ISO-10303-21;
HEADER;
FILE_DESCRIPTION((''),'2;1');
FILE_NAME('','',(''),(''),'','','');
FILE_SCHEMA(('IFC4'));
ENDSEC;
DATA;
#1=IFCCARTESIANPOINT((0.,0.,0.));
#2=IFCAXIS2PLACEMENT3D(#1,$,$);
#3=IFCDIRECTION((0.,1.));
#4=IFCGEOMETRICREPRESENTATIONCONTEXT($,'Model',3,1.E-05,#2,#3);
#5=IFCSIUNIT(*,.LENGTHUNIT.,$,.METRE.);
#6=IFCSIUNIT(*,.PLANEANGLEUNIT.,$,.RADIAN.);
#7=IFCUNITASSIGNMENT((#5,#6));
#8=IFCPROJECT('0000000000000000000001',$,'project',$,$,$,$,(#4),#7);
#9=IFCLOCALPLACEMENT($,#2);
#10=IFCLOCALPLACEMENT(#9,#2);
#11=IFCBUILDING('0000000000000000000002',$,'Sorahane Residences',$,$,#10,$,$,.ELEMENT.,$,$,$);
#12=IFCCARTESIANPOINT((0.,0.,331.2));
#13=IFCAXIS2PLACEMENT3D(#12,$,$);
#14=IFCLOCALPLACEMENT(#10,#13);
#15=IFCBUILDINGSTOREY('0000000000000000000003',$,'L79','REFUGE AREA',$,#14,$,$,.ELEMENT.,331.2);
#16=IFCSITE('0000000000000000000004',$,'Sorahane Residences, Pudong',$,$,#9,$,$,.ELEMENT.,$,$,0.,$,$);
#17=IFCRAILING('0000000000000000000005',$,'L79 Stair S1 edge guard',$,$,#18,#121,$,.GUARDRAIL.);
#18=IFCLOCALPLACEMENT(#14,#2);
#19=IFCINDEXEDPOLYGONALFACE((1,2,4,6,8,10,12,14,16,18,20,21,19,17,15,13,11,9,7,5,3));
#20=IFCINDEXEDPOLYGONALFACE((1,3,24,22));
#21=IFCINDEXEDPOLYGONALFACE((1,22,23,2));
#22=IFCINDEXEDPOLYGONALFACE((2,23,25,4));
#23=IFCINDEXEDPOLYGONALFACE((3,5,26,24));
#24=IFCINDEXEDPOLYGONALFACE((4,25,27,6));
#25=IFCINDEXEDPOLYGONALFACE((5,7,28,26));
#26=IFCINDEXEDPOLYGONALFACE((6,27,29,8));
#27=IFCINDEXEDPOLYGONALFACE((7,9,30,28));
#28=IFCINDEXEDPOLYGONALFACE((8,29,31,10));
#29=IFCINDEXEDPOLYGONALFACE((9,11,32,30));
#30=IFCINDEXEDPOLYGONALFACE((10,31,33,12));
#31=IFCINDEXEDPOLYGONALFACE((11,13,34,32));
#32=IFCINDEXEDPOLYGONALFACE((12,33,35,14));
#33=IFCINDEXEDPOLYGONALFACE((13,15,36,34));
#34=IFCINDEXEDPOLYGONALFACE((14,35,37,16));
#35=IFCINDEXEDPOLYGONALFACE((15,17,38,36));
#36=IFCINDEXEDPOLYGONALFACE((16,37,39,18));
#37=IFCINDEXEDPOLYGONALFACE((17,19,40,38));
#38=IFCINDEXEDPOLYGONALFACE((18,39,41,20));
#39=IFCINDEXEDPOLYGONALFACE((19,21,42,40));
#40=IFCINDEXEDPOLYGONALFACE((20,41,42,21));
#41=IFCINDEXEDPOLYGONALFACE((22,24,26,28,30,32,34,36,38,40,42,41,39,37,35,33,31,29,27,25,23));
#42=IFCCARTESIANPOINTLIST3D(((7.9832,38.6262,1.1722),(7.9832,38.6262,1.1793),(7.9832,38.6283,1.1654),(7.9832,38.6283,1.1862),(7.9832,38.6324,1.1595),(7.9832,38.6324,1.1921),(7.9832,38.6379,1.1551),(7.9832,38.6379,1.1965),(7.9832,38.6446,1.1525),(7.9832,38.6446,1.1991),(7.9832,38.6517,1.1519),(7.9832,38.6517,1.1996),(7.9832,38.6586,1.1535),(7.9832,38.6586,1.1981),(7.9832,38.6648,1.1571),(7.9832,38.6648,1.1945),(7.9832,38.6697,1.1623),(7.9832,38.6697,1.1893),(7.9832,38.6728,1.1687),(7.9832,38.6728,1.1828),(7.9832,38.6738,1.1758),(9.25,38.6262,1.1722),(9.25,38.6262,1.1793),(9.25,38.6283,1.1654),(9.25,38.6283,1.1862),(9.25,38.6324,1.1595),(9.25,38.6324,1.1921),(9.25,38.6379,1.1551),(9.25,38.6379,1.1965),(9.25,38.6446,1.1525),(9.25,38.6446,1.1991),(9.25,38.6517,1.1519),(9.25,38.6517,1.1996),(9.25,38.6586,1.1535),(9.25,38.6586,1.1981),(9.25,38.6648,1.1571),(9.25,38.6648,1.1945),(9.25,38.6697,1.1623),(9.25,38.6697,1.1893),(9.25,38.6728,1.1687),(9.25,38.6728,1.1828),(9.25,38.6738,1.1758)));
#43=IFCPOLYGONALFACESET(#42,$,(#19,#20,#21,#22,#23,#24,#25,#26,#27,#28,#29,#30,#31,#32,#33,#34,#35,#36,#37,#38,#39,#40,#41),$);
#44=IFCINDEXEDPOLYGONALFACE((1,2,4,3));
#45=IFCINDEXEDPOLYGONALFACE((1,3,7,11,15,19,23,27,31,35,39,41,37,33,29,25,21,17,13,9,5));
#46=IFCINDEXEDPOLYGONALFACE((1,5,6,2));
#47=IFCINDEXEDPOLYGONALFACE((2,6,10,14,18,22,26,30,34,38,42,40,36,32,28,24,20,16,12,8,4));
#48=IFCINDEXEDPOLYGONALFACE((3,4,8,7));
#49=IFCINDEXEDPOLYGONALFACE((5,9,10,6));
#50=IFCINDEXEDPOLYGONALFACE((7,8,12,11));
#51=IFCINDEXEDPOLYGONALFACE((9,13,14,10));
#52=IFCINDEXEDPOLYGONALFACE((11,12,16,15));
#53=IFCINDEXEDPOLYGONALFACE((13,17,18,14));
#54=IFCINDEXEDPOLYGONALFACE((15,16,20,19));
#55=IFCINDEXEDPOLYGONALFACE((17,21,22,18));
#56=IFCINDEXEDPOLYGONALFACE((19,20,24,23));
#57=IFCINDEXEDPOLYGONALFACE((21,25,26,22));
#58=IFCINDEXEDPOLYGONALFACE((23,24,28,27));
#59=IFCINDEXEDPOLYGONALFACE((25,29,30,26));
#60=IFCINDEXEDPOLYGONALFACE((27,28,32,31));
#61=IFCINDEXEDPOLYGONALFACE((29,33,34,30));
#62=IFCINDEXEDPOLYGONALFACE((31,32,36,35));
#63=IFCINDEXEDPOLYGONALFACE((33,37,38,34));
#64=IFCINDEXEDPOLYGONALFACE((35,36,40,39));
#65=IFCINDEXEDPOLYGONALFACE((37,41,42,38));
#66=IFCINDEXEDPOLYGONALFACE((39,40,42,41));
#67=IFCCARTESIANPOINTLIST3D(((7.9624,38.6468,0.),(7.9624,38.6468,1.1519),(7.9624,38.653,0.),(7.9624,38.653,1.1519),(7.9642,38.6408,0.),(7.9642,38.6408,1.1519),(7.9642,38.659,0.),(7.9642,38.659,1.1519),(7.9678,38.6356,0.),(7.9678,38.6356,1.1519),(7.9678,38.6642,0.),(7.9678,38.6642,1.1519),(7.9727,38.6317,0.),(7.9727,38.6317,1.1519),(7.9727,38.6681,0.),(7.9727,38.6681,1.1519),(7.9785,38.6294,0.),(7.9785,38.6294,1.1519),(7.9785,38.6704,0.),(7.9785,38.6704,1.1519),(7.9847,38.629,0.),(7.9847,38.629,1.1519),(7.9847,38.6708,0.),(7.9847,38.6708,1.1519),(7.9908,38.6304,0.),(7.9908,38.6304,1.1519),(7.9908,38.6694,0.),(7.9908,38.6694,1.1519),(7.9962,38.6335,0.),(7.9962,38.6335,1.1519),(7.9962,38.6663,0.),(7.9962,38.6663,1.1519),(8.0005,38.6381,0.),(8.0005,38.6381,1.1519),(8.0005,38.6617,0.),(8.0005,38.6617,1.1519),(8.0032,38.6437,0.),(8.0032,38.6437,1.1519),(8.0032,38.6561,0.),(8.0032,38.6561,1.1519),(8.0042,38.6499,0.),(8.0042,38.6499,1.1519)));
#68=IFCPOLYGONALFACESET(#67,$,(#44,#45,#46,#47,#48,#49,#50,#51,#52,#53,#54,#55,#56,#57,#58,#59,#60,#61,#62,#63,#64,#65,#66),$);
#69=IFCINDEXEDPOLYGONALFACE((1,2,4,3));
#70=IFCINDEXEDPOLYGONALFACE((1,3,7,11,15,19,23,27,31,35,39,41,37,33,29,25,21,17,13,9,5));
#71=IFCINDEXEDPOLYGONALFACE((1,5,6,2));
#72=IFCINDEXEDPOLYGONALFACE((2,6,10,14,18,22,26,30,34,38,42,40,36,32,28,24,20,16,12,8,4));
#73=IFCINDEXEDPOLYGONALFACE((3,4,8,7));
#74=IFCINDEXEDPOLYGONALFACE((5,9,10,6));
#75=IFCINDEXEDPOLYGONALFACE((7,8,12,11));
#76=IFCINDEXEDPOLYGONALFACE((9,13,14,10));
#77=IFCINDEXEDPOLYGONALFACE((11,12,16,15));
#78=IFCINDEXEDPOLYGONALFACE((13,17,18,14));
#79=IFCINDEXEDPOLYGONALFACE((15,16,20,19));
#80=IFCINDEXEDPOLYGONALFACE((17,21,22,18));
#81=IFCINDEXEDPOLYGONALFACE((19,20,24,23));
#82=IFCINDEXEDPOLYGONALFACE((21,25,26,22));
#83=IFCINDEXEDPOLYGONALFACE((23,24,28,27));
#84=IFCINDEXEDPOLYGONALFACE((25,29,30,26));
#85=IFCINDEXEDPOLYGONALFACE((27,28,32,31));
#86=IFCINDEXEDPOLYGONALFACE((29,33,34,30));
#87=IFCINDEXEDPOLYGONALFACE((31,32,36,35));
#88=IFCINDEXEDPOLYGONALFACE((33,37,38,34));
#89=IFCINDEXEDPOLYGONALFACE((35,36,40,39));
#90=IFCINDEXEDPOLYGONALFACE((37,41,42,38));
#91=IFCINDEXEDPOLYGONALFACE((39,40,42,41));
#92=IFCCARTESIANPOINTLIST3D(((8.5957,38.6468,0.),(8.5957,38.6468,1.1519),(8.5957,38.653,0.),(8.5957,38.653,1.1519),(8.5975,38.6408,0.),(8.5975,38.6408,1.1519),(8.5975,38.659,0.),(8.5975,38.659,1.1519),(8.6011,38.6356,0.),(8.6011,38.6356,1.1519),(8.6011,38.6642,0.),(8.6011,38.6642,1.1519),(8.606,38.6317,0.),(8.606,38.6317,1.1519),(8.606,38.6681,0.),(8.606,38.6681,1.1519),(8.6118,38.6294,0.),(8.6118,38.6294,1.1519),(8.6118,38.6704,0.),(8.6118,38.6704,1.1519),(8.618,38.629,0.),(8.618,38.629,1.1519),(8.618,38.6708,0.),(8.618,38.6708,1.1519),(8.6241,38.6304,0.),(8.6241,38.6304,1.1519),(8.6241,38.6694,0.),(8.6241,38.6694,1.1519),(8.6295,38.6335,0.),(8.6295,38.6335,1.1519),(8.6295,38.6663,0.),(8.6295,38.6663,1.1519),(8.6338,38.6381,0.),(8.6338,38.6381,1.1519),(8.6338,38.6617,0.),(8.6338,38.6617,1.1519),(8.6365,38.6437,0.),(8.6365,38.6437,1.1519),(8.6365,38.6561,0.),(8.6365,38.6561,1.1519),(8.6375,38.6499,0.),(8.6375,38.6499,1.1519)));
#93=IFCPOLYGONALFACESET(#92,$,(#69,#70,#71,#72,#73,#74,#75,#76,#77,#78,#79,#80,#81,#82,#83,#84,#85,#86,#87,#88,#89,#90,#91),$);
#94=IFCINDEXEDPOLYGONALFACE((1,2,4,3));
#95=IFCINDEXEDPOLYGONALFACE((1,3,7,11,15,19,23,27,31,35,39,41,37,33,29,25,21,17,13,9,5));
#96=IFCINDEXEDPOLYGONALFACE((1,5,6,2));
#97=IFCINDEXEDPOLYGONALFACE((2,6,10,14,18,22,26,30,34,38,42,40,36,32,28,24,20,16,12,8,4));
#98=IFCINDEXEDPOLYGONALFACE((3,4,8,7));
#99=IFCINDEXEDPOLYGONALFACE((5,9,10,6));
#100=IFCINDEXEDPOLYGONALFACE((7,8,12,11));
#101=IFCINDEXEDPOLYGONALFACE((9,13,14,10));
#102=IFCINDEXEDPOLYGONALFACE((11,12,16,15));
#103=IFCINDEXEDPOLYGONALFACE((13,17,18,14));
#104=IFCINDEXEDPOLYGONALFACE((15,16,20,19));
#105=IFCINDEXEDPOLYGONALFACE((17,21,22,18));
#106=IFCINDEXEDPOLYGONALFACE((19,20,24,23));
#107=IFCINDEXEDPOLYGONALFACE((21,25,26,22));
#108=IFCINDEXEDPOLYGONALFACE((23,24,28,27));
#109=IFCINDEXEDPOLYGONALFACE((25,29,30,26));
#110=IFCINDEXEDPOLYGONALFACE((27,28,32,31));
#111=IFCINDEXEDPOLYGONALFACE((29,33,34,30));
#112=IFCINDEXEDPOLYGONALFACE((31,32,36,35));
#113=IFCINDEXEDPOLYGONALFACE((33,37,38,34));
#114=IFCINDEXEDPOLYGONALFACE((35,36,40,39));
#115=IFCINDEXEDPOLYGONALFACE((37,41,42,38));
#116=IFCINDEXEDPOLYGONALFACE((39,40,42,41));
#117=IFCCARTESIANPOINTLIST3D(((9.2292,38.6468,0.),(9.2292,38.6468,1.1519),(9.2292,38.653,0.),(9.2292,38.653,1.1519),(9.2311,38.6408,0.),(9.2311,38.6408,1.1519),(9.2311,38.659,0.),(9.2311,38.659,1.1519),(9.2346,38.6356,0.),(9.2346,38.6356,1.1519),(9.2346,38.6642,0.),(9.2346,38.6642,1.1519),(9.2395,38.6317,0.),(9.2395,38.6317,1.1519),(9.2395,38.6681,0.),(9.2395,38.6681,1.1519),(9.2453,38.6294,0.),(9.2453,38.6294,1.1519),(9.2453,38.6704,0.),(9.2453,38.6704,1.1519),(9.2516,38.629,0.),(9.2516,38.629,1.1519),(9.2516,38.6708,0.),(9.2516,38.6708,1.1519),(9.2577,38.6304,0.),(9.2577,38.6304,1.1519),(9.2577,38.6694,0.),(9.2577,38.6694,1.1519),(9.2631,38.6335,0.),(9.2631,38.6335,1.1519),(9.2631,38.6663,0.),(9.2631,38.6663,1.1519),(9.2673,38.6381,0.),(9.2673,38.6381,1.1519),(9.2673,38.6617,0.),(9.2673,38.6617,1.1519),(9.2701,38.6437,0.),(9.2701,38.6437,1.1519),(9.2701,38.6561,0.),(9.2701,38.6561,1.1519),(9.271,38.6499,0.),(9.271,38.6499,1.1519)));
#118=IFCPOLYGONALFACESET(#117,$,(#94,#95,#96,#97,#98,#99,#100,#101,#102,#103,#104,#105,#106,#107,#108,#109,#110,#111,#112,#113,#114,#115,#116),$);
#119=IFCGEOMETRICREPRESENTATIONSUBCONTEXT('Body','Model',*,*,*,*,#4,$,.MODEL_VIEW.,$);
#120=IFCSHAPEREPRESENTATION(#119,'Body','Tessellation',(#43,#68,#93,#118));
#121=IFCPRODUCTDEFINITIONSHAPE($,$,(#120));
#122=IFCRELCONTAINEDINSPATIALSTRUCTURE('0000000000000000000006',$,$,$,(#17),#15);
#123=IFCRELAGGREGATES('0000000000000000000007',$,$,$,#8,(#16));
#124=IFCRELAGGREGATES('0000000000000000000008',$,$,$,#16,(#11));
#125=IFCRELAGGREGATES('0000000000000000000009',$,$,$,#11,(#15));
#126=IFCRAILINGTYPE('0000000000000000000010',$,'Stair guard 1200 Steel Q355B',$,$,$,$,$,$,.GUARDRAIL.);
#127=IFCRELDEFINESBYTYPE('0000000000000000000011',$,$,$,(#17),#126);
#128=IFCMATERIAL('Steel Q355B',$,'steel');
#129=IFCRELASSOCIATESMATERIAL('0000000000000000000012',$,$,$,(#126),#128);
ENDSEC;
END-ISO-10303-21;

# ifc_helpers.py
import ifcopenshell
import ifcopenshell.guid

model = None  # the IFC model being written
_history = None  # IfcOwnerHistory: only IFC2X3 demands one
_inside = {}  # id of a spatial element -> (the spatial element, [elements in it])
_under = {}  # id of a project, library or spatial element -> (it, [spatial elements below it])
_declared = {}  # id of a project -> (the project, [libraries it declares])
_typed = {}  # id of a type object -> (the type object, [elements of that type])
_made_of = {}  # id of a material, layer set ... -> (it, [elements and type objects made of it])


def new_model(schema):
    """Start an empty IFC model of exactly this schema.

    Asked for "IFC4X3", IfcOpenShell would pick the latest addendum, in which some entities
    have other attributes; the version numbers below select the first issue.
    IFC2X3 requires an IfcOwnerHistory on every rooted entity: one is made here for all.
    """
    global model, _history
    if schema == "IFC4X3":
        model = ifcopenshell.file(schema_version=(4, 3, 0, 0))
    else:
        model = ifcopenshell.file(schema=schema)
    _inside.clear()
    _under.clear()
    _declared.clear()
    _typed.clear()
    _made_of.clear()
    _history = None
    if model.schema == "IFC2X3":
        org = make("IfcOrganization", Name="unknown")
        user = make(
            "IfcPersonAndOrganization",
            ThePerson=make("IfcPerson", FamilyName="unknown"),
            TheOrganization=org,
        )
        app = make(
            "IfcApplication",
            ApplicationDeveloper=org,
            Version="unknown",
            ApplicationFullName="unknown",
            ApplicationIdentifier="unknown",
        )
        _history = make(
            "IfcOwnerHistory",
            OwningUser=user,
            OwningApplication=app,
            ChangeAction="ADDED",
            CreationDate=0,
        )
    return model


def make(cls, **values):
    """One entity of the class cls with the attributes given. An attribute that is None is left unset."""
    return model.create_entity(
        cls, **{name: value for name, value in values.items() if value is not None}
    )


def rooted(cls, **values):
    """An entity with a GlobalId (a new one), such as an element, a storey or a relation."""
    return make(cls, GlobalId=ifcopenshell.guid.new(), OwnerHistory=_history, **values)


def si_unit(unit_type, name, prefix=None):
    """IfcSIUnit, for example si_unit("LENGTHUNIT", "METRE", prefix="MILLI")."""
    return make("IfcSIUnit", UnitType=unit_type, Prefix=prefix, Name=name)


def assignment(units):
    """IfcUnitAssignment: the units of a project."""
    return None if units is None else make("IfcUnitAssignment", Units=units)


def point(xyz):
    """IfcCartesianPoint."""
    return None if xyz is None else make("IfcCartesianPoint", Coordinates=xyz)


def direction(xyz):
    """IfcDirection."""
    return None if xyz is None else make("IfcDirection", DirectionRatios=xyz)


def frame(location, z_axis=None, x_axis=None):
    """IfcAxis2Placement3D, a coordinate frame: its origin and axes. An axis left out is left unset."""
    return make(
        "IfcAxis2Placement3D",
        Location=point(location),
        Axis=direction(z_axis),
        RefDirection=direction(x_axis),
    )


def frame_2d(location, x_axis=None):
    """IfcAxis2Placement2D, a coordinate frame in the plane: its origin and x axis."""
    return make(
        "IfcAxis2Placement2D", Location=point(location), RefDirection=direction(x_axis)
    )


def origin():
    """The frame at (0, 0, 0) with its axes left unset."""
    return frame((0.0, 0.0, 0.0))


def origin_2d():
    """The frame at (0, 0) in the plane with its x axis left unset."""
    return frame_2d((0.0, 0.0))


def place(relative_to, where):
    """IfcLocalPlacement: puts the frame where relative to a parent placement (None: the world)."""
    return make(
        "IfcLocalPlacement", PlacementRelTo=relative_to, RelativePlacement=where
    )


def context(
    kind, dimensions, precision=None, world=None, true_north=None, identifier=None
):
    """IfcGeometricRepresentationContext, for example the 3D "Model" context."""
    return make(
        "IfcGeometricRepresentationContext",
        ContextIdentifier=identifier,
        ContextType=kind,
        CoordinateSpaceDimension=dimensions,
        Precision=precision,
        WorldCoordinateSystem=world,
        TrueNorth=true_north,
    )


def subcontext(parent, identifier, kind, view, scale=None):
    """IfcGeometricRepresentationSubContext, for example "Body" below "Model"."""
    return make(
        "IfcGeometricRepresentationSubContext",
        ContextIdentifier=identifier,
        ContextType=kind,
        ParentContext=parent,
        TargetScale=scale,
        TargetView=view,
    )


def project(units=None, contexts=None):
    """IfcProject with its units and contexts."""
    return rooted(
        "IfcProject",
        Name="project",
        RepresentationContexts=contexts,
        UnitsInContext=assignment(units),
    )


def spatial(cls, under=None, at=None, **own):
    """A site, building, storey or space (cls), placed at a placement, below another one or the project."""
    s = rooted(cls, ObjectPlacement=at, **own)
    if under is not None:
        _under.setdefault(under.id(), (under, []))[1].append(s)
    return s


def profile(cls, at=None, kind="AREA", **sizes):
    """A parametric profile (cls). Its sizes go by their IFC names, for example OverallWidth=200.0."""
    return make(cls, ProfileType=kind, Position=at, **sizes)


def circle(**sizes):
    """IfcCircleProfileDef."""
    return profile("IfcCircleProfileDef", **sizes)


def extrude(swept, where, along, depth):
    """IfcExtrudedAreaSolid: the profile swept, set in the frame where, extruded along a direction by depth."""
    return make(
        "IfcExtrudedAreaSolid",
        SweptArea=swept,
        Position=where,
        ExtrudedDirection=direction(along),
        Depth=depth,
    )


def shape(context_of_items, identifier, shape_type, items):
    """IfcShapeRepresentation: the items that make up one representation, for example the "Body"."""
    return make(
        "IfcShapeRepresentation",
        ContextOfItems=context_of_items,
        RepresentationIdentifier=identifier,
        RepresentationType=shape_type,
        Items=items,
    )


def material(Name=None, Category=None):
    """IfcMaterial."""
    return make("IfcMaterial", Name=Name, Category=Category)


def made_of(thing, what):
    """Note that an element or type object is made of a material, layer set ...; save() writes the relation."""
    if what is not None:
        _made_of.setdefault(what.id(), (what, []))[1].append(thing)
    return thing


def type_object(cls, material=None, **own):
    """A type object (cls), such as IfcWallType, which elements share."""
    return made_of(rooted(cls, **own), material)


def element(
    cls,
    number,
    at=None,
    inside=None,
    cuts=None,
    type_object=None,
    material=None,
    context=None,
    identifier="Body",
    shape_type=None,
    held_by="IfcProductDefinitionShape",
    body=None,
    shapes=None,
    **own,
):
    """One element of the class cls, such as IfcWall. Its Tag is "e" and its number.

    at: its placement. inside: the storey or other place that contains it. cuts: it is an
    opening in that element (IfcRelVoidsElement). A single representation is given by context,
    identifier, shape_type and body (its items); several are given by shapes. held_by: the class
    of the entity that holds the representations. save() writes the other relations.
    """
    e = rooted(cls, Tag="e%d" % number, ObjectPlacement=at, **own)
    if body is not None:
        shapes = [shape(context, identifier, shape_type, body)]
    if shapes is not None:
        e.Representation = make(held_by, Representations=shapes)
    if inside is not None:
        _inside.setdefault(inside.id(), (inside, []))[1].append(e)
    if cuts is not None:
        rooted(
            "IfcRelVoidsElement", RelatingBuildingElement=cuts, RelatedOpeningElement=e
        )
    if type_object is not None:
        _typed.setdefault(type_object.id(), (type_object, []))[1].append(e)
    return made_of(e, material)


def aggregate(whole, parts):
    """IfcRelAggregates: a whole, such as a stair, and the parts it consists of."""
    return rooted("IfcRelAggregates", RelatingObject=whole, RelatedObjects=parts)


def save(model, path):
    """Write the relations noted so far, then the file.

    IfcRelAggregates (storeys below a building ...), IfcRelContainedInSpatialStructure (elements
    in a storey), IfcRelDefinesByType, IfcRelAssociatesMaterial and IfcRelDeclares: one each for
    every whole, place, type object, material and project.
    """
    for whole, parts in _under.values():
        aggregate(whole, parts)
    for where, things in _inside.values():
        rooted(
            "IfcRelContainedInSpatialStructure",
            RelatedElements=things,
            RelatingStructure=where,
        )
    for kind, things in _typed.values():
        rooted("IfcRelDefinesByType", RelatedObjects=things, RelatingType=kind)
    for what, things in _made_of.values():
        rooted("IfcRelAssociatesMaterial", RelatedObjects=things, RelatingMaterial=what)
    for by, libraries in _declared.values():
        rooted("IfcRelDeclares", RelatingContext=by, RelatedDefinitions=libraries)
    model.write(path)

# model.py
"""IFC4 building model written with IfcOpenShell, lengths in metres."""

from ifc_helpers import new_model, si_unit, direction, frame, origin, origin_2d, place, context, subcontext, project, spatial, circle, extrude, material, type_object, element, save


model = new_model("IFC4")

# Units and contexts
model_context = context("Model", 3, precision=1e-05, world=origin(), true_north=direction((0.0, 1.0)))
body_context = subcontext(model_context, "Body", "Model", "MODEL_VIEW")
ifc_project = project(units=[si_unit("LENGTHUNIT", "METRE"), si_unit("PLANEANGLEUNIT", "RADIAN")], contexts=[model_context])

# Site, building, storey
site_placement = place(None, origin())
site = spatial("IfcSite", under=ifc_project, at=site_placement, Name="Sorahane Residences, Pudong", CompositionType="ELEMENT", RefElevation=0.0)
building_placement = place(site_placement, origin())
building = spatial("IfcBuilding", under=site, at=building_placement, Name="Sorahane Residences", CompositionType="ELEMENT")
storey_placement = place(building_placement, frame((0.0, 0.0, 331.2)))
storey = spatial("IfcBuildingStorey", under=building, at=storey_placement, Name="L79", Description="REFUGE AREA", CompositionType="ELEMENT", Elevation=331.2)

# Railing
ifc_material_1 = material(Name="Steel Q355B", Category="steel")
railing_type = type_object("IfcRailingType", Name="Stair guard 1200 Steel Q355B", PredefinedType="GUARDRAIL", material=ifc_material_1)
railing_1_placement = place(storey_placement, frame((7.9832, 38.6499, 0.0)))
element("IfcRailing", 1, at=railing_1_placement, inside=storey, type_object=railing_type, Name="L79 Stair S1 edge guard", PredefinedType="GUARDRAIL", context=body_context, shape_type="SweptSolid", body=[
    extrude(circle(Radius=0.0239, at=origin_2d()), frame((0.0, 0.0, 1.1758), z_axis=(1.0, 0.0, 0.0), x_axis=(0.0, 1.0, 0.0)), (0.0, 0.0, 1.0), 1.2668),
    extrude(circle(Radius=0.021, at=origin_2d()), origin(), (0.0, 0.0, 1.0), 1.1519),
    extrude(circle(Radius=0.021, at=origin_2d()), frame((0.6333, 0.0, 0.0)), (0.0, 0.0, 1.0), 1.1519),
    extrude(circle(Radius=0.021, at=origin_2d()), frame((1.2668, 0.0, 0.0)), (0.0, 0.0, 1.0), 1.1519),
])

save(model, "model.ifc")
